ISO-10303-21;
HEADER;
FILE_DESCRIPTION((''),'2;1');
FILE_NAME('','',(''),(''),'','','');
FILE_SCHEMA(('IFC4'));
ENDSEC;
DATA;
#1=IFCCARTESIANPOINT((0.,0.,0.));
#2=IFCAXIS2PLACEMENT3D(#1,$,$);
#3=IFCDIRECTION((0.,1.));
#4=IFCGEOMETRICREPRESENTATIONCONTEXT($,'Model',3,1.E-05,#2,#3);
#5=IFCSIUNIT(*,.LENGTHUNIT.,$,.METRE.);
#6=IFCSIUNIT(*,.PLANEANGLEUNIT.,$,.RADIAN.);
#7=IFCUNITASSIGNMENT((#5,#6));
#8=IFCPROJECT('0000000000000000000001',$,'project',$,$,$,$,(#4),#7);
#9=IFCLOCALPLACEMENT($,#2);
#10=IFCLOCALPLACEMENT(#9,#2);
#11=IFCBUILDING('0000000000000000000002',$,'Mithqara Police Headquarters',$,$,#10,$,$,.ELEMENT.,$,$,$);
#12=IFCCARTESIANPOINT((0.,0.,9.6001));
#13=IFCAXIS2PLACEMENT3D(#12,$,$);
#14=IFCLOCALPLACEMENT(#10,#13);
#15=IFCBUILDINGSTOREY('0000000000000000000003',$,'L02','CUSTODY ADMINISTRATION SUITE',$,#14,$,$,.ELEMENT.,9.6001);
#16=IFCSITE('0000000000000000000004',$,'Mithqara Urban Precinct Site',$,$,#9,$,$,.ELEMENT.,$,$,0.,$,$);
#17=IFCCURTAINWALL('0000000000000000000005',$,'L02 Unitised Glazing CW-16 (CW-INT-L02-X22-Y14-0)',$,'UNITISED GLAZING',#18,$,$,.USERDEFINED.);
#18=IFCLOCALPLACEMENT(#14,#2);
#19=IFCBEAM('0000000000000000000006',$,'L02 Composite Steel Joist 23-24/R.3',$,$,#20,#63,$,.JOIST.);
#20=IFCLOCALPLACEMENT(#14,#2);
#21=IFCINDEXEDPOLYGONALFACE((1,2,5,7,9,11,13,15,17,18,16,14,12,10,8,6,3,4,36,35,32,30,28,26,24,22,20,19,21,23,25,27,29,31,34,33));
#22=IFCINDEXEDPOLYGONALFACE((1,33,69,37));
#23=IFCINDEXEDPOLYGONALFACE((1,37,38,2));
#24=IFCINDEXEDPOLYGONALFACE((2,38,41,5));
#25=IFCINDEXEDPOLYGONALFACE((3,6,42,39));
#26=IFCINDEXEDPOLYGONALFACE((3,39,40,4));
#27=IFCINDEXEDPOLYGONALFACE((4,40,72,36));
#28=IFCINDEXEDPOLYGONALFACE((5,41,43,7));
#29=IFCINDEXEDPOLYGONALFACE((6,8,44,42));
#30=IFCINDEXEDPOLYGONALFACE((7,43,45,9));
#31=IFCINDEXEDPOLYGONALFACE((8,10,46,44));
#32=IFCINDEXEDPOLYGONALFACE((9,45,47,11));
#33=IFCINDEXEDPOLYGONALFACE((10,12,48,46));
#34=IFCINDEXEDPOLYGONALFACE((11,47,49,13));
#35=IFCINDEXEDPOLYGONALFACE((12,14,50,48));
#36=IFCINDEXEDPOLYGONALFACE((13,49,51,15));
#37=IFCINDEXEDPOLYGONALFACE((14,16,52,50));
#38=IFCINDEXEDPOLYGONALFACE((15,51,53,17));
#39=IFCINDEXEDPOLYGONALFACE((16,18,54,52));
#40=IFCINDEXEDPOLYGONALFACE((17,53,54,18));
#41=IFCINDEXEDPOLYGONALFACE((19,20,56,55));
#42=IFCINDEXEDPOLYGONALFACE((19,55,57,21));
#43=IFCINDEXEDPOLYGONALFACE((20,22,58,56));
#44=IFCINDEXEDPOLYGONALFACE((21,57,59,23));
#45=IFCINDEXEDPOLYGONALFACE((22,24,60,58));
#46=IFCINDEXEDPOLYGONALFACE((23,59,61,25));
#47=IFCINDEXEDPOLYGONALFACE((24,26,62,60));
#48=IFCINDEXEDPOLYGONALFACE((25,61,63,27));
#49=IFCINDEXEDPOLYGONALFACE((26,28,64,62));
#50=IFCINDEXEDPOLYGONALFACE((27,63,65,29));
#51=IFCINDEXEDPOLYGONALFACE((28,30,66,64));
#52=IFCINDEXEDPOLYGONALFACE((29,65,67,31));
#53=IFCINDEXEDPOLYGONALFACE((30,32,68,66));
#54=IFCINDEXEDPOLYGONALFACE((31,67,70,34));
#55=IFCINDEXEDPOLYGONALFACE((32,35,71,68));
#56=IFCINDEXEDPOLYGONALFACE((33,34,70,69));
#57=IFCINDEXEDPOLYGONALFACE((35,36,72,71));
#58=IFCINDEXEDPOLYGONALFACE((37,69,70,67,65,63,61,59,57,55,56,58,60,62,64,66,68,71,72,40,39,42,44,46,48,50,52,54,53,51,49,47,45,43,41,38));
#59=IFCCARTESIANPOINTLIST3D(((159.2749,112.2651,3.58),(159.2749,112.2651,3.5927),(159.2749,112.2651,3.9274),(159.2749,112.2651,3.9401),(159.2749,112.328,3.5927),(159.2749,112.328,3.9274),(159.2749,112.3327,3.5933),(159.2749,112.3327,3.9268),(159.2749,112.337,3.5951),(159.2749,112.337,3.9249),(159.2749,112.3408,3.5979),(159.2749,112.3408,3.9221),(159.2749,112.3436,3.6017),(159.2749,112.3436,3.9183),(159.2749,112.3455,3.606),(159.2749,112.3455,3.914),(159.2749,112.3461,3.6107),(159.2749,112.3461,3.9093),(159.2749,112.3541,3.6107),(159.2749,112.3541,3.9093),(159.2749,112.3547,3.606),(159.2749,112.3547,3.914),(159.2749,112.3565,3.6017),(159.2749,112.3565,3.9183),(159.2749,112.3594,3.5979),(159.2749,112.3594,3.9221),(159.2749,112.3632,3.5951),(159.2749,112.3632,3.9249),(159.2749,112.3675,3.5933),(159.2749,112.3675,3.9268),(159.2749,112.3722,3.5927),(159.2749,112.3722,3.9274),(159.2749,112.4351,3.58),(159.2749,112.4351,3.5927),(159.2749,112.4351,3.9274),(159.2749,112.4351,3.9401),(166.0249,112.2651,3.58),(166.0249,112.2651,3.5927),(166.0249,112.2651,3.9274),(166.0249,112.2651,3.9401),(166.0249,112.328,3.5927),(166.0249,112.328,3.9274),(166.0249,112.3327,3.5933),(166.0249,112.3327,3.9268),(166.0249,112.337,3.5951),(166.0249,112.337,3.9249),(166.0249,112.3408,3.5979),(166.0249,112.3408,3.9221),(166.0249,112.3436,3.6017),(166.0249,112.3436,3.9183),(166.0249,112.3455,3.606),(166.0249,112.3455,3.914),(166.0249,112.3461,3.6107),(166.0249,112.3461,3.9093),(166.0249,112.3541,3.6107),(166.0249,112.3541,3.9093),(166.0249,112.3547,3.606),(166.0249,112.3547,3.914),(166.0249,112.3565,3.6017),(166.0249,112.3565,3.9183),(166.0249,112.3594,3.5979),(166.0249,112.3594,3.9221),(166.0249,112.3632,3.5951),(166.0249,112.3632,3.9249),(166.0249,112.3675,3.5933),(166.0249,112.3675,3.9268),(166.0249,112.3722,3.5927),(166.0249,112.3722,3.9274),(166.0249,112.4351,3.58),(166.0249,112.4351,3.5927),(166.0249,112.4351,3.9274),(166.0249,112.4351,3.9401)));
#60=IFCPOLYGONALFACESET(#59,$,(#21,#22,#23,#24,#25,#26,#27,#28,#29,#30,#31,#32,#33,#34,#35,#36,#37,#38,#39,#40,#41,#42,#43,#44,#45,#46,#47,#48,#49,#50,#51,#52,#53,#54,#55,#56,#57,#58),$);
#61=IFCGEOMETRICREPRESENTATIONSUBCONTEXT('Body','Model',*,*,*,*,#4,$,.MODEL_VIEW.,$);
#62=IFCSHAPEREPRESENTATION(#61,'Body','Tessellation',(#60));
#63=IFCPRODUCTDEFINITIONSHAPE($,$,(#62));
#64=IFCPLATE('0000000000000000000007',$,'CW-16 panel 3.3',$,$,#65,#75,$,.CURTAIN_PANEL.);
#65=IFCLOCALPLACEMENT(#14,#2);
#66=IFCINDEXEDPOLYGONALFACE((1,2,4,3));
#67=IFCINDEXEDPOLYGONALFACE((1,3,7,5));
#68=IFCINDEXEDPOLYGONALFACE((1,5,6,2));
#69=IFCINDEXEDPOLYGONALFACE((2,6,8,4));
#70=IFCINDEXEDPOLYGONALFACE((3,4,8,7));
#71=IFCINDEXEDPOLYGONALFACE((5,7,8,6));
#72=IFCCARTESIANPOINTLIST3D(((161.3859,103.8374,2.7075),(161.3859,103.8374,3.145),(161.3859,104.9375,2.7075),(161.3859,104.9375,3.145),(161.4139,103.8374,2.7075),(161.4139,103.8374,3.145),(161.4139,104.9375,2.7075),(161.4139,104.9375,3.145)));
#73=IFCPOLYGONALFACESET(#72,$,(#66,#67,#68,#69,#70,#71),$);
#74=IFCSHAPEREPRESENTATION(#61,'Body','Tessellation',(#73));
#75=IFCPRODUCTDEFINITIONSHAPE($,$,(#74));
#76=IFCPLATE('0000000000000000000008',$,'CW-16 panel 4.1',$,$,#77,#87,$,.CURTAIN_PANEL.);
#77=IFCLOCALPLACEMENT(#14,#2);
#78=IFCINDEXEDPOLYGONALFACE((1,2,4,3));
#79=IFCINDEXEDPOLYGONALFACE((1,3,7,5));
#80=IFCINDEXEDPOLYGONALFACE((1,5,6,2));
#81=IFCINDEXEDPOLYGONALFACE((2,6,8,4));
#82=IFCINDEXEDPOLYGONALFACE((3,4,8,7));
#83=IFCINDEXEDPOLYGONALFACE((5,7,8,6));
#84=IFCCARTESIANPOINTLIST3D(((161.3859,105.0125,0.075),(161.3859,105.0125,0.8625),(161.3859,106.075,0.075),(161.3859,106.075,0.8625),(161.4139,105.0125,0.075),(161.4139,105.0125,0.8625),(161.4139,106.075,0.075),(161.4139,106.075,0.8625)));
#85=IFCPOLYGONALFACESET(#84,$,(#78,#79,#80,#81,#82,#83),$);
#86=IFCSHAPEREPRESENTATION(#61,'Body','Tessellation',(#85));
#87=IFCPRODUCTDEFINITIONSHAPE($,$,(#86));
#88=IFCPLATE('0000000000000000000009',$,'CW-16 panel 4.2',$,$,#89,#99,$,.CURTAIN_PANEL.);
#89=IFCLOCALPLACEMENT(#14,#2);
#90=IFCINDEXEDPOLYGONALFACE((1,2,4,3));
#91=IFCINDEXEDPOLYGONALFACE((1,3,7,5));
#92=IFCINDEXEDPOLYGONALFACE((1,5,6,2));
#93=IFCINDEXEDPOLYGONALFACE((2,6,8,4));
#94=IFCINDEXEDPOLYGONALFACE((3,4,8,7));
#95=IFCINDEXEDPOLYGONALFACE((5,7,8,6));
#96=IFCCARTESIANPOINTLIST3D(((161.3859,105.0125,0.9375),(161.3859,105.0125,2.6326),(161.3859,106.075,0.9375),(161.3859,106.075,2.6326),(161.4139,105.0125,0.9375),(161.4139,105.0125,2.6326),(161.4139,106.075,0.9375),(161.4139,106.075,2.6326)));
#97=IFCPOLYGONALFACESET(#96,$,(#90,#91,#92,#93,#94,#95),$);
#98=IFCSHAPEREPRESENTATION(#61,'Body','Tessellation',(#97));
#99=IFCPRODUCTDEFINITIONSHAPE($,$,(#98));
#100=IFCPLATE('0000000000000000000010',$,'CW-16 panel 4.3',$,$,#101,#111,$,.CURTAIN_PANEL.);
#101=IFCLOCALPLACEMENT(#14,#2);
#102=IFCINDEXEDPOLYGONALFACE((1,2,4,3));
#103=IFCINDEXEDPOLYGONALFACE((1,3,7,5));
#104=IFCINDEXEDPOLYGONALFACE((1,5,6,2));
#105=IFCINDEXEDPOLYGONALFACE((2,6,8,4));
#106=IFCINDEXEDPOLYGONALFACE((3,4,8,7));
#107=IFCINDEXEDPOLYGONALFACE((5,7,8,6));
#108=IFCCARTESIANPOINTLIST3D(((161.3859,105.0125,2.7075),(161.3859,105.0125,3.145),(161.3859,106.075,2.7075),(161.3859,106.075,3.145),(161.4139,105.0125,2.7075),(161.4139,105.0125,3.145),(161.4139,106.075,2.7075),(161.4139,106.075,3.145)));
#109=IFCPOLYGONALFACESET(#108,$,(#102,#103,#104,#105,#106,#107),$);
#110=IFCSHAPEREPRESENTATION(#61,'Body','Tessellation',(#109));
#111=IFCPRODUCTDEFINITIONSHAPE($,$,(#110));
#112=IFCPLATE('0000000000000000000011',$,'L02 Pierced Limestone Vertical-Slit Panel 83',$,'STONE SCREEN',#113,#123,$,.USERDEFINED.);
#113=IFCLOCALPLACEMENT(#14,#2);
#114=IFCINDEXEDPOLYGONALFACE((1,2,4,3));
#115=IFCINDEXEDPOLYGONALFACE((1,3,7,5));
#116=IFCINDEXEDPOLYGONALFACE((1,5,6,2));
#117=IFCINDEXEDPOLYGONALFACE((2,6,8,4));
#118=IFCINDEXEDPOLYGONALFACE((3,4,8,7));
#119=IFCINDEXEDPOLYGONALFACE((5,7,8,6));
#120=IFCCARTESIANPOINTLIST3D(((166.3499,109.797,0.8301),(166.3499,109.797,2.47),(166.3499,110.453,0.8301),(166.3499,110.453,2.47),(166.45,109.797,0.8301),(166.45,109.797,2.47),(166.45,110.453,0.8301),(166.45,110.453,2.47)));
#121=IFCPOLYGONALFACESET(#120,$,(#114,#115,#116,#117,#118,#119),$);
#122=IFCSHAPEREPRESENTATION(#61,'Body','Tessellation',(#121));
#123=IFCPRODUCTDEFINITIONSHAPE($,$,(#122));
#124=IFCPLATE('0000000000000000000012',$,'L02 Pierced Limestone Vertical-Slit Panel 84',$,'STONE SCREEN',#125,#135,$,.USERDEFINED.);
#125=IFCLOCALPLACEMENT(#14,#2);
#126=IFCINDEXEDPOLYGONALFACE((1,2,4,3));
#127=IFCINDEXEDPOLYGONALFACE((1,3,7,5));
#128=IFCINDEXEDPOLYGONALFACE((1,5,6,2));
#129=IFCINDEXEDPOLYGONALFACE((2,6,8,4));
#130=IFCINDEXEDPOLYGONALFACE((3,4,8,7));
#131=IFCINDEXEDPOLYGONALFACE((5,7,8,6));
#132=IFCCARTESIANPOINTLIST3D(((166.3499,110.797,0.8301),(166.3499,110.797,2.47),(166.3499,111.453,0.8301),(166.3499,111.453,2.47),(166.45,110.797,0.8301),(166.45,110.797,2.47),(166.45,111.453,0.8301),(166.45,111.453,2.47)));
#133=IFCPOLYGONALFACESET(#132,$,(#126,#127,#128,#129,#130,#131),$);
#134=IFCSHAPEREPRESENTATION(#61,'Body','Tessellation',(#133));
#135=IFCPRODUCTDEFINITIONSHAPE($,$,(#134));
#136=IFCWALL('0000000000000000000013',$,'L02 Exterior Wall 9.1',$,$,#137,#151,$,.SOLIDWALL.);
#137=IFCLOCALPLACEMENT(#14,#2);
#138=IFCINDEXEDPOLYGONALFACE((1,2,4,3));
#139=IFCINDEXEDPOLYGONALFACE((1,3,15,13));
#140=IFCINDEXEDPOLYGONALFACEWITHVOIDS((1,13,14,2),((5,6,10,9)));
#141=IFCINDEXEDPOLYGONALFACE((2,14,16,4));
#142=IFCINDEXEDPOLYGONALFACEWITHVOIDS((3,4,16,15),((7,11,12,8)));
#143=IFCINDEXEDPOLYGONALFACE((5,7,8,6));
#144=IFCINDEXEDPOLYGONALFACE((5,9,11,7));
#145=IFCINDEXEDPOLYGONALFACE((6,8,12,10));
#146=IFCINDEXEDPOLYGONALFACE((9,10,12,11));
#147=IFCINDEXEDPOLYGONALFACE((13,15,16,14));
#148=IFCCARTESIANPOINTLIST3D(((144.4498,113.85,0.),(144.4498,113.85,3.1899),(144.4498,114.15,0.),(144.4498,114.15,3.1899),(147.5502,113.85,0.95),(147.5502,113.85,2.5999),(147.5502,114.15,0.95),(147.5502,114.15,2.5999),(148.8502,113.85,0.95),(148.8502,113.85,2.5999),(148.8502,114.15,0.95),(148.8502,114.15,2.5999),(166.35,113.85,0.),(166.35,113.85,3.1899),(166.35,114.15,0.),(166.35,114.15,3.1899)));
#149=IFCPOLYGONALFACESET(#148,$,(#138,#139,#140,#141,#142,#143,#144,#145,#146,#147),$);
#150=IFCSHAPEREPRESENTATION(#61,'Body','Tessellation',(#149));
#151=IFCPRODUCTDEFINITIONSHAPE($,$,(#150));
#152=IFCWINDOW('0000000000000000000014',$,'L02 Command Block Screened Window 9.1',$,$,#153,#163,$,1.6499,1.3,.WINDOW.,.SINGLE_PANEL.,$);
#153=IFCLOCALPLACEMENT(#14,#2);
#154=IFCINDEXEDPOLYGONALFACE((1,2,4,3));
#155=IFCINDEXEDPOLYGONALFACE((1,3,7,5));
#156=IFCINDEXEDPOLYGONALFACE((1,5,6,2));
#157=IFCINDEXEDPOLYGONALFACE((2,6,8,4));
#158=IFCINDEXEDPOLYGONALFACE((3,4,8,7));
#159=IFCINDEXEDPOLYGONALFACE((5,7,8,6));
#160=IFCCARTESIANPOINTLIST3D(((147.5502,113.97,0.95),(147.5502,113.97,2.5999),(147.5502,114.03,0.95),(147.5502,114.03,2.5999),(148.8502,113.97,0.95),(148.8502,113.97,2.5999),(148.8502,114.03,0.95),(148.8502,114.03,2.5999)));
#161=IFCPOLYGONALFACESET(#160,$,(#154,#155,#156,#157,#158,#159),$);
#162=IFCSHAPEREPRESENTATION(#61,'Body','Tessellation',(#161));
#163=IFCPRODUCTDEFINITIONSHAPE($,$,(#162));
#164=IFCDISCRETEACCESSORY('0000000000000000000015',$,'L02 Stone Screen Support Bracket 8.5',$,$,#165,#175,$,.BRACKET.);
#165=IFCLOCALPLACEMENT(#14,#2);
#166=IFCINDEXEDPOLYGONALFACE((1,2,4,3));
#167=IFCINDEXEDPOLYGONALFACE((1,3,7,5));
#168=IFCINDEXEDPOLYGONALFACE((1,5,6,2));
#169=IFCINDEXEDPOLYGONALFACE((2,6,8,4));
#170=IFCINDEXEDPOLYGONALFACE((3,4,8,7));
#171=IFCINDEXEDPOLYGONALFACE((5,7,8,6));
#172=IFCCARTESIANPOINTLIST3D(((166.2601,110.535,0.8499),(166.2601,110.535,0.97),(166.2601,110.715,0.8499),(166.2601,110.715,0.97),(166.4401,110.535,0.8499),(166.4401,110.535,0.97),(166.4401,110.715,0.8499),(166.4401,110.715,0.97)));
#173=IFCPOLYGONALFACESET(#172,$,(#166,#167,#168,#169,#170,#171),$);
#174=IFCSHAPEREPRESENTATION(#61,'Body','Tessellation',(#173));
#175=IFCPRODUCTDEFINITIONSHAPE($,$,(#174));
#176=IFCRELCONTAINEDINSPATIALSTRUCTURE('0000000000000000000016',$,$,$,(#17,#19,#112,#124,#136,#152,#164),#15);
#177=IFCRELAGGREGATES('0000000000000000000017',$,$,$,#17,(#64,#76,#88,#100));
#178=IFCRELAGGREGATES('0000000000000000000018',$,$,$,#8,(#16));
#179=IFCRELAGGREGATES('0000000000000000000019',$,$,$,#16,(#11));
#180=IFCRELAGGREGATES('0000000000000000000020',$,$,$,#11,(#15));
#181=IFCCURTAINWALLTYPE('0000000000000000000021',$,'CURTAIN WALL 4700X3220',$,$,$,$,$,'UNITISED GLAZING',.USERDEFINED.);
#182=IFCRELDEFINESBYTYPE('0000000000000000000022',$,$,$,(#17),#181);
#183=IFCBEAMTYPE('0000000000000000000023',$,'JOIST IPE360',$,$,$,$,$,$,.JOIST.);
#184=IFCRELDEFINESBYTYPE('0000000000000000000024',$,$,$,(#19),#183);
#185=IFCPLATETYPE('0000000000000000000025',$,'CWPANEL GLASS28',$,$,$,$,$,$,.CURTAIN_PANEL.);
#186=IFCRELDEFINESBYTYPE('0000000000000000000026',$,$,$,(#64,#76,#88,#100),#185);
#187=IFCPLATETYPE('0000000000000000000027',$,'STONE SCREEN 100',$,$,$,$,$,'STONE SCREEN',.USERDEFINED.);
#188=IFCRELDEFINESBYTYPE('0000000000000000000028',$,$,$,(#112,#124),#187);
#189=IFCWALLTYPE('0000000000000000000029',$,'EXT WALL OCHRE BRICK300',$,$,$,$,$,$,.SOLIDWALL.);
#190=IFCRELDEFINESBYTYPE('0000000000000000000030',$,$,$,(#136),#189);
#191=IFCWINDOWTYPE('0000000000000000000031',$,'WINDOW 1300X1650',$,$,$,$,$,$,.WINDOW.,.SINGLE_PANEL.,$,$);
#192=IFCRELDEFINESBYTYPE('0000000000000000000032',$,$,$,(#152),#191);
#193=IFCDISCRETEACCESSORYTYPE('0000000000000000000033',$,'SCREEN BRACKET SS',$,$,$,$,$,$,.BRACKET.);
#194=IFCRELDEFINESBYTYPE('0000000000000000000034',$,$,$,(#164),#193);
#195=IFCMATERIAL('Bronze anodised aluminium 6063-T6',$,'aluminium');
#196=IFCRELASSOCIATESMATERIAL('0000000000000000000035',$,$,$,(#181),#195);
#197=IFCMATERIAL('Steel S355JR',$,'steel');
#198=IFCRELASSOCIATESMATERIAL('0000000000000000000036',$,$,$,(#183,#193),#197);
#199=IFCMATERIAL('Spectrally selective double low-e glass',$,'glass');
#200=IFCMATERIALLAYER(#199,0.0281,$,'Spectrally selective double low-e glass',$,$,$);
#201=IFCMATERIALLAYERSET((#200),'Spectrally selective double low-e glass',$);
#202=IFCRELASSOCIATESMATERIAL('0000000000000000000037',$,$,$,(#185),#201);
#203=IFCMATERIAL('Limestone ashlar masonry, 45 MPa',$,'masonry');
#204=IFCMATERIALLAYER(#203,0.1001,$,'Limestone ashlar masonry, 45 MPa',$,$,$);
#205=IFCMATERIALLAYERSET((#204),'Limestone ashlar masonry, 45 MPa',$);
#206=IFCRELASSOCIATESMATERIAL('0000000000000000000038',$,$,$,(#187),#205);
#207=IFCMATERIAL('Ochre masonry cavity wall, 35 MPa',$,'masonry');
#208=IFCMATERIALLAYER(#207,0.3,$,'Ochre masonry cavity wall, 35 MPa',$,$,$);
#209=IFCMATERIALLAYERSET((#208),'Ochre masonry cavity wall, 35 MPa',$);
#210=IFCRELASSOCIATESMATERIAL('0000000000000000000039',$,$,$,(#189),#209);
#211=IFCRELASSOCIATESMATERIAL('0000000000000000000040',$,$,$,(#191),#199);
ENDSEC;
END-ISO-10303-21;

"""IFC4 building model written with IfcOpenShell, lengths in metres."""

from ifc_helpers import new_model, si_unit, direction, frame, frame_2d, origin, origin_2d, place, context, subcontext, project, spatial, rectangle, i_section, extrude, material, layer, layer_set, material_profile, profile_set, type_object, element, fill, aggregate, save


model = new_model("IFC4")

# Units and contexts
model_context = context("Model", 3, precision=1e-05, world=origin(), true_north=direction((0.0, 1.0)))
body_context = subcontext(model_context, "Body", "Model", "MODEL_VIEW")
ifc_project = project(units=[si_unit("LENGTHUNIT", "METRE"), si_unit("PLANEANGLEUNIT", "RADIAN")], contexts=[model_context])

# Site, building, storey
site_placement = place(None, origin())
site = spatial("IfcSite", under=ifc_project, at=site_placement, Name="Mithqara Urban Precinct Site", CompositionType="ELEMENT", RefElevation=0.0)
building_placement = place(site_placement, origin())
building = spatial("IfcBuilding", under=site, at=building_placement, Name="Mithqara Police Headquarters", CompositionType="ELEMENT")
storey_placement = place(building_placement, frame((0.0, 0.0, 9.6001)))
storey = spatial("IfcBuildingStorey", under=building, at=storey_placement, Name="L02", Description="CUSTODY ADMINISTRATION SUITE", CompositionType="ELEMENT", Elevation=9.6001)

# Curtain wall
ifc_material_1 = material(Name="Bronze anodised aluminium 6063-T6", Category="aluminium")
curtain_wall_type = type_object("IfcCurtainWallType", Name="CURTAIN WALL 4700X3220", ElementType="UNITISED GLAZING", PredefinedType="USERDEFINED", material=ifc_material_1)
curtain_wall_placement = place(storey_placement, origin())
curtain_wall = element("IfcCurtainWall", 1, at=curtain_wall_placement, inside=storey, type_object=curtain_wall_type, Name="L02 Unitised Glazing CW-16 (CW-INT-L02-X22-Y14-0)", ObjectType="UNITISED GLAZING", PredefinedType="USERDEFINED")

# Beam
ifc_material_2 = material(Name="Steel S355JR", Category="steel")
ifc_material_profile_1 = material_profile(ifc_material_2, i_section(OverallWidth=0.1699, OverallDepth=0.3601, WebThickness=0.0081, FlangeThickness=0.0127, FilletRadius=0.0181, at=origin_2d()), Name="IPE 360")
ifc_profile_set_1 = profile_set([ifc_material_profile_1], Name="Steel S355JR")
beam_type_1 = type_object("IfcBeamType", Name="JOIST IPE360", PredefinedType="JOIST", material=ifc_profile_set_1)
beam_1_placement = place(storey_placement, frame((159.2749, 112.3501, 3.76), z_axis=(1.0, 0.0, 0.0), x_axis=(0.0, 1.0, 0.0)))
element("IfcBeam", 2, at=beam_1_placement, inside=storey, type_object=beam_type_1, Name="L02 Composite Steel Joist 23-24/R.3", PredefinedType="JOIST", context=body_context, shape_type="SweptSolid", body=[
    extrude(i_section(OverallWidth=0.1699, OverallDepth=0.3601, WebThickness=0.0081, FlangeThickness=0.0127, FilletRadius=0.0181, at=origin_2d()), origin(), (0.0, 0.0, 1.0), 6.75),
])

# Plates
ifc_material_3 = material(Name="Spectrally selective double low-e glass", Category="glass")
ifc_layer_1 = layer(ifc_material_3, 0.0281, Name="Spectrally selective double low-e glass")
ifc_layer_set_1 = layer_set([ifc_layer_1], Name="Spectrally selective double low-e glass")
plate_type_1 = type_object("IfcPlateType", Name="CWPANEL GLASS28", PredefinedType="CURTAIN_PANEL", material=ifc_layer_set_1)
plate_1_placement = place(storey_placement, frame((161.3999, 104.3875, 2.7075), z_axis=(0.0, 0.0, 1.0), x_axis=(0.0, 1.0, 0.0)))
plate_1 = element("IfcPlate", 3, at=plate_1_placement, type_object=plate_type_1, Name="CW-16 panel 3.3", PredefinedType="CURTAIN_PANEL", context=body_context, shape_type="SweptSolid", body=[
    extrude(rectangle(XDim=1.1001, YDim=0.0281, at=origin_2d()), origin(), (0.0, 0.0, 1.0), 0.4375),
])
plate_2_placement = place(storey_placement, frame((161.3999, 105.5437, 0.075), z_axis=(0.0, 0.0, 1.0), x_axis=(0.0, 1.0, 0.0)))
plate_2 = element("IfcPlate", 4, at=plate_2_placement, type_object=plate_type_1, Name="CW-16 panel 4.1", PredefinedType="CURTAIN_PANEL", context=body_context, shape_type="SweptSolid", body=[
    extrude(rectangle(XDim=1.0625, YDim=0.0281, at=origin_2d()), origin(), (0.0, 0.0, 1.0), 0.7876),
])
plate_3_placement = place(storey_placement, frame((161.3999, 105.5437, 0.9375), z_axis=(0.0, 0.0, 1.0), x_axis=(0.0, 1.0, 0.0)))
plate_3 = element("IfcPlate", 5, at=plate_3_placement, type_object=plate_type_1, Name="CW-16 panel 4.2", PredefinedType="CURTAIN_PANEL", context=body_context, shape_type="SweptSolid", body=[
    extrude(rectangle(XDim=1.0625, YDim=0.0281, at=origin_2d()), origin(), (0.0, 0.0, 1.0), 1.6951),
])
plate_4_placement = place(storey_placement, frame((161.3999, 105.5437, 2.7075), z_axis=(0.0, 0.0, 1.0), x_axis=(0.0, 1.0, 0.0)))
plate_4 = element("IfcPlate", 6, at=plate_4_placement, type_object=plate_type_1, Name="CW-16 panel 4.3", PredefinedType="CURTAIN_PANEL", context=body_context, shape_type="SweptSolid", body=[
    extrude(rectangle(XDim=1.0625, YDim=0.0281, at=origin_2d()), origin(), (0.0, 0.0, 1.0), 0.4375),
])
aggregate(curtain_wall, [plate_1, plate_2, plate_3, plate_4])

# Plates
ifc_material_4 = material(Name="Limestone ashlar masonry, 45 MPa", Category="masonry")
ifc_layer_2 = layer(ifc_material_4, 0.1001, Name="Limestone ashlar masonry, 45 MPa")
ifc_layer_set_2 = layer_set([ifc_layer_2], Name="Limestone ashlar masonry, 45 MPa")
plate_type_2 = type_object("IfcPlateType", Name="STONE SCREEN 100", ElementType="STONE SCREEN", PredefinedType="USERDEFINED", material=ifc_layer_set_2)
for number, where, z_axis, x_axis, name in (
    (7, (166.3999, 110.125, 0.8301), (0.0, 0.0, 1.0), (0.0, 1.0, 0.0), "L02 Pierced Limestone Vertical-Slit Panel 83"),
    (8, (166.3999, 111.125, 0.8301), (0.0, 0.0, 1.0), (0.0, 1.0, 0.0), "L02 Pierced Limestone Vertical-Slit Panel 84"),
):
    element("IfcPlate", number, at=place(storey_placement, frame(where, z_axis=z_axis, x_axis=x_axis)), inside=storey, type_object=plate_type_2, Name=name, ObjectType="STONE SCREEN", PredefinedType="USERDEFINED", context=body_context, shape_type="SweptSolid", body=[
        extrude(rectangle(XDim=0.656, YDim=0.1001, at=origin_2d()), origin(), (0.0, 0.0, 1.0), 1.6399),
    ])

# Wall, opening, window
ifc_material_5 = material(Name="Ochre masonry cavity wall, 35 MPa", Category="masonry")
ifc_layer_3 = layer(ifc_material_5, 0.3, Name="Ochre masonry cavity wall, 35 MPa")
ifc_layer_set_3 = layer_set([ifc_layer_3], Name="Ochre masonry cavity wall, 35 MPa")
wall_type = type_object("IfcWallType", Name="EXT WALL OCHRE BRICK300", PredefinedType="SOLIDWALL", material=ifc_layer_set_3)
wall_placement = place(storey_placement, frame((166.3501, 114.0, 0.0), z_axis=(0.0, 0.0, 1.0), x_axis=(-1.0, 0.0, 0.0)))
wall = element("IfcWall", 9, at=wall_placement, inside=storey, type_object=wall_type, Name="L02 Exterior Wall 9.1", PredefinedType="SOLIDWALL", context=body_context, shape_type="SweptSolid", body=[
    extrude(rectangle(XDim=21.9001, YDim=0.3, at=frame_2d((10.9502, 0.0))), origin(), (0.0, 0.0, 1.0), 3.1899),
])
opening_placement = place(wall_placement, frame((17.5, 0.0, 0.95)))
opening = element("IfcOpeningElement", 10, at=opening_placement, cuts=wall, PredefinedType="OPENING", context=body_context, shape_type="SweptSolid", body=[
    extrude(rectangle(XDim=1.3, YDim=1.6499, at=frame_2d((0.6499, 0.825))), frame((0.0, 0.1602, 0.0), z_axis=(0.0, -1.0, 0.0), x_axis=(1.0, 0.0, 0.0)), (0.0, 0.0, 1.0), 0.3201),
])
window_type = type_object("IfcWindowType", Name="WINDOW 1300X1650", PartitioningType="SINGLE_PANEL", PredefinedType="WINDOW", material=ifc_material_3)
window_placement = place(opening_placement, origin())
window = element("IfcWindow", 11, at=window_placement, inside=storey, type_object=window_type, Name="L02 Command Block Screened Window 9.1", OverallHeight=1.6499, OverallWidth=1.3, PartitioningType="SINGLE_PANEL", PredefinedType="WINDOW", context=body_context, shape_type="SweptSolid", body=[
    extrude(rectangle(XDim=1.3, YDim=1.6499, at=frame_2d((0.6499, 0.825))), frame((0.0, 0.03, 0.0), z_axis=(0.0, -1.0, 0.0), x_axis=(1.0, 0.0, 0.0)), (0.0, 0.0, 1.0), 0.0601),
])
fill(opening, window)

# Discrete accessory
discrete_accessory_type = type_object("IfcDiscreteAccessoryType", Name="SCREEN BRACKET SS", PredefinedType="BRACKET", material=ifc_material_2)
discrete_accessory_placement = place(storey_placement, frame((166.3501, 110.625, 0.8499), z_axis=(0.0, 0.0, 1.0), x_axis=(0.0, 1.0, 0.0)))
element("IfcDiscreteAccessory", 12, at=discrete_accessory_placement, inside=storey, type_object=discrete_accessory_type, Name="L02 Stone Screen Support Bracket 8.5", PredefinedType="BRACKET", context=body_context, shape_type="SweptSolid", body=[
    extrude(rectangle(XDim=0.1799, YDim=0.1799, at=origin_2d()), origin(), (0.0, 0.0, 1.0), 0.1201),
])

save(model, "model.ifc")
